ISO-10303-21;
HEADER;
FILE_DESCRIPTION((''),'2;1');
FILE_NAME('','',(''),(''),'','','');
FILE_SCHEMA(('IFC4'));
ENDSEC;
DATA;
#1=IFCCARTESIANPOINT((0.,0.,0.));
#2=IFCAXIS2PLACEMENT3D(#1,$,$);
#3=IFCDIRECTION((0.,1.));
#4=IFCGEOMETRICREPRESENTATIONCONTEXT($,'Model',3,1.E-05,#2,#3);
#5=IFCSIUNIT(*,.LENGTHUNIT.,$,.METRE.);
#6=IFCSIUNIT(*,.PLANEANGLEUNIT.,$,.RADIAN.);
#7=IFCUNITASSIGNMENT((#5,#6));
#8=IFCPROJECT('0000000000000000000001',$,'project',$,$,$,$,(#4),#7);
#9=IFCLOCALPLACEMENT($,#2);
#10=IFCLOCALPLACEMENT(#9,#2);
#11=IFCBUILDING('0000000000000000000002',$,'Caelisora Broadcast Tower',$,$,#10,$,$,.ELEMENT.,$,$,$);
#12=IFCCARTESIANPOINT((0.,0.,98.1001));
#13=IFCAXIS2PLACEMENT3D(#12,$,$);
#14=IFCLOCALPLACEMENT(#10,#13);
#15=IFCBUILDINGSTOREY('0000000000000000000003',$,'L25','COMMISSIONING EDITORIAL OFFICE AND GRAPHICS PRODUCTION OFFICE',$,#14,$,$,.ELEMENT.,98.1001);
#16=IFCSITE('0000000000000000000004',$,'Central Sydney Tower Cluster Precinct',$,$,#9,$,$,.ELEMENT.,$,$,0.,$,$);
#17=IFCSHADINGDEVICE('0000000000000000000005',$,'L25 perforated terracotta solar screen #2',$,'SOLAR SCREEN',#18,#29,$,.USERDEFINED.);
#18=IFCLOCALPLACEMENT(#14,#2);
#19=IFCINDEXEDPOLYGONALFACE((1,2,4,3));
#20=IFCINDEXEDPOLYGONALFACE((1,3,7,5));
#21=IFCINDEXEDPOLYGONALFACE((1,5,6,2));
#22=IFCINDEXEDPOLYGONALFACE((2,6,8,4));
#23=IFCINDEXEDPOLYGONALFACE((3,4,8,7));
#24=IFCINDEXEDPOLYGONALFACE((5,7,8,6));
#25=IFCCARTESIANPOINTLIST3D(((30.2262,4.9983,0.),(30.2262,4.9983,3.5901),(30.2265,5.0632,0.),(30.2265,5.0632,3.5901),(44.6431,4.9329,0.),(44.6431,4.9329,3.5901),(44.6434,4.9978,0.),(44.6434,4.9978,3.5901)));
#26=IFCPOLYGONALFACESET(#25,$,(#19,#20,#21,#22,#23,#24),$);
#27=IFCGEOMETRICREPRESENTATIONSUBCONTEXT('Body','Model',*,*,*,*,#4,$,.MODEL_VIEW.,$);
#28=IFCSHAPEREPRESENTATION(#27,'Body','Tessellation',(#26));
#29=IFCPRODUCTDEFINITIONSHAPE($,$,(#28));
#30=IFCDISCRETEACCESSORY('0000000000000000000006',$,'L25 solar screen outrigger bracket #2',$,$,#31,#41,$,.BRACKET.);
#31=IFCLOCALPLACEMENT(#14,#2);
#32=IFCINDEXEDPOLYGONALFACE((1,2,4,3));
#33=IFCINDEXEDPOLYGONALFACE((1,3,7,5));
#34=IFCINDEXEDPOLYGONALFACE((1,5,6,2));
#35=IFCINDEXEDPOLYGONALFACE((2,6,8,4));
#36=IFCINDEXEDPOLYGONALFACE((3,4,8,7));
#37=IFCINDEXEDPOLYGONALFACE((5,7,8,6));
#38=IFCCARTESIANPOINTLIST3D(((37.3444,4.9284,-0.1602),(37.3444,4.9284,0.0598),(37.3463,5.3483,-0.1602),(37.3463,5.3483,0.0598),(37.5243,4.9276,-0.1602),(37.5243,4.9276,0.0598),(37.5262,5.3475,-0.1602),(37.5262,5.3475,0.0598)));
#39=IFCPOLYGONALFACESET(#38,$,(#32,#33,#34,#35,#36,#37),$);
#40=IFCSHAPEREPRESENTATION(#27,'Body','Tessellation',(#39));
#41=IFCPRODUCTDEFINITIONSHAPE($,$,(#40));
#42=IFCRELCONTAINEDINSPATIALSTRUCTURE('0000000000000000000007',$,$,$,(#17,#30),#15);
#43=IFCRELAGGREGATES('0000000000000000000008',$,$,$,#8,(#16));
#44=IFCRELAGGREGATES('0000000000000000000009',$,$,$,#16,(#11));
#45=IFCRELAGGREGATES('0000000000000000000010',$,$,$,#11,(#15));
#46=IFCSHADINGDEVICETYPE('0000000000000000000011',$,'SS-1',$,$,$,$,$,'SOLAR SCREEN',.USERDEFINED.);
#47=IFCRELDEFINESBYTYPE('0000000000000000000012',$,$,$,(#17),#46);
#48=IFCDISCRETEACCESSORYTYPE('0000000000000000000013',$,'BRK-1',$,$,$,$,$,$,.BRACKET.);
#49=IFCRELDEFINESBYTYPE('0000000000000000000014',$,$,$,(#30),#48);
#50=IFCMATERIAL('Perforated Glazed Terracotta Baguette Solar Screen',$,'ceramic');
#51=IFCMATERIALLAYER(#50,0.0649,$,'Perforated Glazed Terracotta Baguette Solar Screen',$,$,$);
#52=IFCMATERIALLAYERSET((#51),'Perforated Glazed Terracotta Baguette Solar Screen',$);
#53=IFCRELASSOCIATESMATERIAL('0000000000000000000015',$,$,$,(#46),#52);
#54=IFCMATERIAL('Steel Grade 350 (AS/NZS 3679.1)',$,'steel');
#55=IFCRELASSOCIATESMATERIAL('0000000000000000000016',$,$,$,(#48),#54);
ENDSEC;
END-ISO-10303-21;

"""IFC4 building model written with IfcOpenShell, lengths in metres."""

from ifc_helpers import new_model, si_unit, direction, frame, origin, origin_2d, place, context, subcontext, project, spatial, rectangle, extrude, source, transform, mapped, material, layer, layer_set, type_object, type_shapes, element, save


model = new_model("IFC4")

# Units and contexts
model_context = context("Model", 3, precision=1e-05, world=origin(), true_north=direction((0.0, 1.0)))
body_context = subcontext(model_context, "Body", "Model", "MODEL_VIEW")
ifc_project = project(units=[si_unit("LENGTHUNIT", "METRE"), si_unit("PLANEANGLEUNIT", "RADIAN")], contexts=[model_context])

# Site, building, storey
site_placement = place(None, origin())
site = spatial("IfcSite", under=ifc_project, at=site_placement, Name="Central Sydney Tower Cluster Precinct", CompositionType="ELEMENT", RefElevation=0.0)
building_placement = place(site_placement, origin())
building = spatial("IfcBuilding", under=site, at=building_placement, Name="Caelisora Broadcast Tower", CompositionType="ELEMENT")
storey_placement = place(building_placement, frame((0.0, 0.0, 98.1001)))
storey = spatial("IfcBuildingStorey", under=building, at=storey_placement, Name="L25", Description="COMMISSIONING EDITORIAL OFFICE AND GRAPHICS PRODUCTION OFFICE", CompositionType="ELEMENT", Elevation=98.1001)

# Shared definitions
ifc_material_1 = material(Name="Steel Grade 350 (AS/NZS 3679.1)", Category="steel")

# Shading device
ifc_material_2 = material(Name="Perforated Glazed Terracotta Baguette Solar Screen", Category="ceramic")
ifc_layer_1 = layer(ifc_material_2, 0.0649, Name="Perforated Glazed Terracotta Baguette Solar Screen")
ifc_layer_set_1 = layer_set([ifc_layer_1], Name="Perforated Glazed Terracotta Baguette Solar Screen")
shading_device_type = type_object("IfcShadingDeviceType", Name="SS-1", ElementType="SOLAR SCREEN", PredefinedType="USERDEFINED", material=ifc_layer_set_1)
shared_shape_1 = source(origin(), body_context, "Body", "SweptSolid", [
    extrude(rectangle(XDim=14.417, YDim=0.0649, at=origin_2d()), origin(), (0.0, 0.0, 1.0), 3.5901),
])
type_shapes(shading_device_type, [shared_shape_1])
shading_device_placement = place(storey_placement, frame((37.4348, 4.998, 0.0), z_axis=(0.0, 0.0, 1.0), x_axis=(0.99999, -0.004538, 0.0)))
element("IfcShadingDevice", 1, at=shading_device_placement, inside=storey, type_object=shading_device_type, Name="L25 perforated terracotta solar screen #2", ObjectType="SOLAR SCREEN", PredefinedType="USERDEFINED", context=body_context, shape_type="MappedRepresentation", body=[
    mapped(shared_shape_1, transform((0.0, 0.0, 0.0), scale=1.0)),
])

# Discrete accessory
discrete_accessory_type = type_object("IfcDiscreteAccessoryType", Name="BRK-1", PredefinedType="BRACKET", material=ifc_material_1)
shared_shape_2 = source(origin(), body_context, "Body", "SweptSolid", [
    extrude(rectangle(XDim=0.1799, YDim=0.4199, at=origin_2d()), origin(), (0.0, 0.0, 1.0), 0.22),
])
type_shapes(discrete_accessory_type, [shared_shape_2])
discrete_accessory_placement = place(storey_placement, frame((37.4353, 5.1379, -0.1602), z_axis=(0.0, 0.0, 1.0), x_axis=(0.99999, -0.004538, 0.0)))
element("IfcDiscreteAccessory", 2, at=discrete_accessory_placement, inside=storey, type_object=discrete_accessory_type, Name="L25 solar screen outrigger bracket #2", PredefinedType="BRACKET", context=body_context, shape_type="MappedRepresentation", body=[
    mapped(shared_shape_2, transform((0.0, 0.0, 0.0), scale=1.0)),
])

save(model, "model.ifc")
